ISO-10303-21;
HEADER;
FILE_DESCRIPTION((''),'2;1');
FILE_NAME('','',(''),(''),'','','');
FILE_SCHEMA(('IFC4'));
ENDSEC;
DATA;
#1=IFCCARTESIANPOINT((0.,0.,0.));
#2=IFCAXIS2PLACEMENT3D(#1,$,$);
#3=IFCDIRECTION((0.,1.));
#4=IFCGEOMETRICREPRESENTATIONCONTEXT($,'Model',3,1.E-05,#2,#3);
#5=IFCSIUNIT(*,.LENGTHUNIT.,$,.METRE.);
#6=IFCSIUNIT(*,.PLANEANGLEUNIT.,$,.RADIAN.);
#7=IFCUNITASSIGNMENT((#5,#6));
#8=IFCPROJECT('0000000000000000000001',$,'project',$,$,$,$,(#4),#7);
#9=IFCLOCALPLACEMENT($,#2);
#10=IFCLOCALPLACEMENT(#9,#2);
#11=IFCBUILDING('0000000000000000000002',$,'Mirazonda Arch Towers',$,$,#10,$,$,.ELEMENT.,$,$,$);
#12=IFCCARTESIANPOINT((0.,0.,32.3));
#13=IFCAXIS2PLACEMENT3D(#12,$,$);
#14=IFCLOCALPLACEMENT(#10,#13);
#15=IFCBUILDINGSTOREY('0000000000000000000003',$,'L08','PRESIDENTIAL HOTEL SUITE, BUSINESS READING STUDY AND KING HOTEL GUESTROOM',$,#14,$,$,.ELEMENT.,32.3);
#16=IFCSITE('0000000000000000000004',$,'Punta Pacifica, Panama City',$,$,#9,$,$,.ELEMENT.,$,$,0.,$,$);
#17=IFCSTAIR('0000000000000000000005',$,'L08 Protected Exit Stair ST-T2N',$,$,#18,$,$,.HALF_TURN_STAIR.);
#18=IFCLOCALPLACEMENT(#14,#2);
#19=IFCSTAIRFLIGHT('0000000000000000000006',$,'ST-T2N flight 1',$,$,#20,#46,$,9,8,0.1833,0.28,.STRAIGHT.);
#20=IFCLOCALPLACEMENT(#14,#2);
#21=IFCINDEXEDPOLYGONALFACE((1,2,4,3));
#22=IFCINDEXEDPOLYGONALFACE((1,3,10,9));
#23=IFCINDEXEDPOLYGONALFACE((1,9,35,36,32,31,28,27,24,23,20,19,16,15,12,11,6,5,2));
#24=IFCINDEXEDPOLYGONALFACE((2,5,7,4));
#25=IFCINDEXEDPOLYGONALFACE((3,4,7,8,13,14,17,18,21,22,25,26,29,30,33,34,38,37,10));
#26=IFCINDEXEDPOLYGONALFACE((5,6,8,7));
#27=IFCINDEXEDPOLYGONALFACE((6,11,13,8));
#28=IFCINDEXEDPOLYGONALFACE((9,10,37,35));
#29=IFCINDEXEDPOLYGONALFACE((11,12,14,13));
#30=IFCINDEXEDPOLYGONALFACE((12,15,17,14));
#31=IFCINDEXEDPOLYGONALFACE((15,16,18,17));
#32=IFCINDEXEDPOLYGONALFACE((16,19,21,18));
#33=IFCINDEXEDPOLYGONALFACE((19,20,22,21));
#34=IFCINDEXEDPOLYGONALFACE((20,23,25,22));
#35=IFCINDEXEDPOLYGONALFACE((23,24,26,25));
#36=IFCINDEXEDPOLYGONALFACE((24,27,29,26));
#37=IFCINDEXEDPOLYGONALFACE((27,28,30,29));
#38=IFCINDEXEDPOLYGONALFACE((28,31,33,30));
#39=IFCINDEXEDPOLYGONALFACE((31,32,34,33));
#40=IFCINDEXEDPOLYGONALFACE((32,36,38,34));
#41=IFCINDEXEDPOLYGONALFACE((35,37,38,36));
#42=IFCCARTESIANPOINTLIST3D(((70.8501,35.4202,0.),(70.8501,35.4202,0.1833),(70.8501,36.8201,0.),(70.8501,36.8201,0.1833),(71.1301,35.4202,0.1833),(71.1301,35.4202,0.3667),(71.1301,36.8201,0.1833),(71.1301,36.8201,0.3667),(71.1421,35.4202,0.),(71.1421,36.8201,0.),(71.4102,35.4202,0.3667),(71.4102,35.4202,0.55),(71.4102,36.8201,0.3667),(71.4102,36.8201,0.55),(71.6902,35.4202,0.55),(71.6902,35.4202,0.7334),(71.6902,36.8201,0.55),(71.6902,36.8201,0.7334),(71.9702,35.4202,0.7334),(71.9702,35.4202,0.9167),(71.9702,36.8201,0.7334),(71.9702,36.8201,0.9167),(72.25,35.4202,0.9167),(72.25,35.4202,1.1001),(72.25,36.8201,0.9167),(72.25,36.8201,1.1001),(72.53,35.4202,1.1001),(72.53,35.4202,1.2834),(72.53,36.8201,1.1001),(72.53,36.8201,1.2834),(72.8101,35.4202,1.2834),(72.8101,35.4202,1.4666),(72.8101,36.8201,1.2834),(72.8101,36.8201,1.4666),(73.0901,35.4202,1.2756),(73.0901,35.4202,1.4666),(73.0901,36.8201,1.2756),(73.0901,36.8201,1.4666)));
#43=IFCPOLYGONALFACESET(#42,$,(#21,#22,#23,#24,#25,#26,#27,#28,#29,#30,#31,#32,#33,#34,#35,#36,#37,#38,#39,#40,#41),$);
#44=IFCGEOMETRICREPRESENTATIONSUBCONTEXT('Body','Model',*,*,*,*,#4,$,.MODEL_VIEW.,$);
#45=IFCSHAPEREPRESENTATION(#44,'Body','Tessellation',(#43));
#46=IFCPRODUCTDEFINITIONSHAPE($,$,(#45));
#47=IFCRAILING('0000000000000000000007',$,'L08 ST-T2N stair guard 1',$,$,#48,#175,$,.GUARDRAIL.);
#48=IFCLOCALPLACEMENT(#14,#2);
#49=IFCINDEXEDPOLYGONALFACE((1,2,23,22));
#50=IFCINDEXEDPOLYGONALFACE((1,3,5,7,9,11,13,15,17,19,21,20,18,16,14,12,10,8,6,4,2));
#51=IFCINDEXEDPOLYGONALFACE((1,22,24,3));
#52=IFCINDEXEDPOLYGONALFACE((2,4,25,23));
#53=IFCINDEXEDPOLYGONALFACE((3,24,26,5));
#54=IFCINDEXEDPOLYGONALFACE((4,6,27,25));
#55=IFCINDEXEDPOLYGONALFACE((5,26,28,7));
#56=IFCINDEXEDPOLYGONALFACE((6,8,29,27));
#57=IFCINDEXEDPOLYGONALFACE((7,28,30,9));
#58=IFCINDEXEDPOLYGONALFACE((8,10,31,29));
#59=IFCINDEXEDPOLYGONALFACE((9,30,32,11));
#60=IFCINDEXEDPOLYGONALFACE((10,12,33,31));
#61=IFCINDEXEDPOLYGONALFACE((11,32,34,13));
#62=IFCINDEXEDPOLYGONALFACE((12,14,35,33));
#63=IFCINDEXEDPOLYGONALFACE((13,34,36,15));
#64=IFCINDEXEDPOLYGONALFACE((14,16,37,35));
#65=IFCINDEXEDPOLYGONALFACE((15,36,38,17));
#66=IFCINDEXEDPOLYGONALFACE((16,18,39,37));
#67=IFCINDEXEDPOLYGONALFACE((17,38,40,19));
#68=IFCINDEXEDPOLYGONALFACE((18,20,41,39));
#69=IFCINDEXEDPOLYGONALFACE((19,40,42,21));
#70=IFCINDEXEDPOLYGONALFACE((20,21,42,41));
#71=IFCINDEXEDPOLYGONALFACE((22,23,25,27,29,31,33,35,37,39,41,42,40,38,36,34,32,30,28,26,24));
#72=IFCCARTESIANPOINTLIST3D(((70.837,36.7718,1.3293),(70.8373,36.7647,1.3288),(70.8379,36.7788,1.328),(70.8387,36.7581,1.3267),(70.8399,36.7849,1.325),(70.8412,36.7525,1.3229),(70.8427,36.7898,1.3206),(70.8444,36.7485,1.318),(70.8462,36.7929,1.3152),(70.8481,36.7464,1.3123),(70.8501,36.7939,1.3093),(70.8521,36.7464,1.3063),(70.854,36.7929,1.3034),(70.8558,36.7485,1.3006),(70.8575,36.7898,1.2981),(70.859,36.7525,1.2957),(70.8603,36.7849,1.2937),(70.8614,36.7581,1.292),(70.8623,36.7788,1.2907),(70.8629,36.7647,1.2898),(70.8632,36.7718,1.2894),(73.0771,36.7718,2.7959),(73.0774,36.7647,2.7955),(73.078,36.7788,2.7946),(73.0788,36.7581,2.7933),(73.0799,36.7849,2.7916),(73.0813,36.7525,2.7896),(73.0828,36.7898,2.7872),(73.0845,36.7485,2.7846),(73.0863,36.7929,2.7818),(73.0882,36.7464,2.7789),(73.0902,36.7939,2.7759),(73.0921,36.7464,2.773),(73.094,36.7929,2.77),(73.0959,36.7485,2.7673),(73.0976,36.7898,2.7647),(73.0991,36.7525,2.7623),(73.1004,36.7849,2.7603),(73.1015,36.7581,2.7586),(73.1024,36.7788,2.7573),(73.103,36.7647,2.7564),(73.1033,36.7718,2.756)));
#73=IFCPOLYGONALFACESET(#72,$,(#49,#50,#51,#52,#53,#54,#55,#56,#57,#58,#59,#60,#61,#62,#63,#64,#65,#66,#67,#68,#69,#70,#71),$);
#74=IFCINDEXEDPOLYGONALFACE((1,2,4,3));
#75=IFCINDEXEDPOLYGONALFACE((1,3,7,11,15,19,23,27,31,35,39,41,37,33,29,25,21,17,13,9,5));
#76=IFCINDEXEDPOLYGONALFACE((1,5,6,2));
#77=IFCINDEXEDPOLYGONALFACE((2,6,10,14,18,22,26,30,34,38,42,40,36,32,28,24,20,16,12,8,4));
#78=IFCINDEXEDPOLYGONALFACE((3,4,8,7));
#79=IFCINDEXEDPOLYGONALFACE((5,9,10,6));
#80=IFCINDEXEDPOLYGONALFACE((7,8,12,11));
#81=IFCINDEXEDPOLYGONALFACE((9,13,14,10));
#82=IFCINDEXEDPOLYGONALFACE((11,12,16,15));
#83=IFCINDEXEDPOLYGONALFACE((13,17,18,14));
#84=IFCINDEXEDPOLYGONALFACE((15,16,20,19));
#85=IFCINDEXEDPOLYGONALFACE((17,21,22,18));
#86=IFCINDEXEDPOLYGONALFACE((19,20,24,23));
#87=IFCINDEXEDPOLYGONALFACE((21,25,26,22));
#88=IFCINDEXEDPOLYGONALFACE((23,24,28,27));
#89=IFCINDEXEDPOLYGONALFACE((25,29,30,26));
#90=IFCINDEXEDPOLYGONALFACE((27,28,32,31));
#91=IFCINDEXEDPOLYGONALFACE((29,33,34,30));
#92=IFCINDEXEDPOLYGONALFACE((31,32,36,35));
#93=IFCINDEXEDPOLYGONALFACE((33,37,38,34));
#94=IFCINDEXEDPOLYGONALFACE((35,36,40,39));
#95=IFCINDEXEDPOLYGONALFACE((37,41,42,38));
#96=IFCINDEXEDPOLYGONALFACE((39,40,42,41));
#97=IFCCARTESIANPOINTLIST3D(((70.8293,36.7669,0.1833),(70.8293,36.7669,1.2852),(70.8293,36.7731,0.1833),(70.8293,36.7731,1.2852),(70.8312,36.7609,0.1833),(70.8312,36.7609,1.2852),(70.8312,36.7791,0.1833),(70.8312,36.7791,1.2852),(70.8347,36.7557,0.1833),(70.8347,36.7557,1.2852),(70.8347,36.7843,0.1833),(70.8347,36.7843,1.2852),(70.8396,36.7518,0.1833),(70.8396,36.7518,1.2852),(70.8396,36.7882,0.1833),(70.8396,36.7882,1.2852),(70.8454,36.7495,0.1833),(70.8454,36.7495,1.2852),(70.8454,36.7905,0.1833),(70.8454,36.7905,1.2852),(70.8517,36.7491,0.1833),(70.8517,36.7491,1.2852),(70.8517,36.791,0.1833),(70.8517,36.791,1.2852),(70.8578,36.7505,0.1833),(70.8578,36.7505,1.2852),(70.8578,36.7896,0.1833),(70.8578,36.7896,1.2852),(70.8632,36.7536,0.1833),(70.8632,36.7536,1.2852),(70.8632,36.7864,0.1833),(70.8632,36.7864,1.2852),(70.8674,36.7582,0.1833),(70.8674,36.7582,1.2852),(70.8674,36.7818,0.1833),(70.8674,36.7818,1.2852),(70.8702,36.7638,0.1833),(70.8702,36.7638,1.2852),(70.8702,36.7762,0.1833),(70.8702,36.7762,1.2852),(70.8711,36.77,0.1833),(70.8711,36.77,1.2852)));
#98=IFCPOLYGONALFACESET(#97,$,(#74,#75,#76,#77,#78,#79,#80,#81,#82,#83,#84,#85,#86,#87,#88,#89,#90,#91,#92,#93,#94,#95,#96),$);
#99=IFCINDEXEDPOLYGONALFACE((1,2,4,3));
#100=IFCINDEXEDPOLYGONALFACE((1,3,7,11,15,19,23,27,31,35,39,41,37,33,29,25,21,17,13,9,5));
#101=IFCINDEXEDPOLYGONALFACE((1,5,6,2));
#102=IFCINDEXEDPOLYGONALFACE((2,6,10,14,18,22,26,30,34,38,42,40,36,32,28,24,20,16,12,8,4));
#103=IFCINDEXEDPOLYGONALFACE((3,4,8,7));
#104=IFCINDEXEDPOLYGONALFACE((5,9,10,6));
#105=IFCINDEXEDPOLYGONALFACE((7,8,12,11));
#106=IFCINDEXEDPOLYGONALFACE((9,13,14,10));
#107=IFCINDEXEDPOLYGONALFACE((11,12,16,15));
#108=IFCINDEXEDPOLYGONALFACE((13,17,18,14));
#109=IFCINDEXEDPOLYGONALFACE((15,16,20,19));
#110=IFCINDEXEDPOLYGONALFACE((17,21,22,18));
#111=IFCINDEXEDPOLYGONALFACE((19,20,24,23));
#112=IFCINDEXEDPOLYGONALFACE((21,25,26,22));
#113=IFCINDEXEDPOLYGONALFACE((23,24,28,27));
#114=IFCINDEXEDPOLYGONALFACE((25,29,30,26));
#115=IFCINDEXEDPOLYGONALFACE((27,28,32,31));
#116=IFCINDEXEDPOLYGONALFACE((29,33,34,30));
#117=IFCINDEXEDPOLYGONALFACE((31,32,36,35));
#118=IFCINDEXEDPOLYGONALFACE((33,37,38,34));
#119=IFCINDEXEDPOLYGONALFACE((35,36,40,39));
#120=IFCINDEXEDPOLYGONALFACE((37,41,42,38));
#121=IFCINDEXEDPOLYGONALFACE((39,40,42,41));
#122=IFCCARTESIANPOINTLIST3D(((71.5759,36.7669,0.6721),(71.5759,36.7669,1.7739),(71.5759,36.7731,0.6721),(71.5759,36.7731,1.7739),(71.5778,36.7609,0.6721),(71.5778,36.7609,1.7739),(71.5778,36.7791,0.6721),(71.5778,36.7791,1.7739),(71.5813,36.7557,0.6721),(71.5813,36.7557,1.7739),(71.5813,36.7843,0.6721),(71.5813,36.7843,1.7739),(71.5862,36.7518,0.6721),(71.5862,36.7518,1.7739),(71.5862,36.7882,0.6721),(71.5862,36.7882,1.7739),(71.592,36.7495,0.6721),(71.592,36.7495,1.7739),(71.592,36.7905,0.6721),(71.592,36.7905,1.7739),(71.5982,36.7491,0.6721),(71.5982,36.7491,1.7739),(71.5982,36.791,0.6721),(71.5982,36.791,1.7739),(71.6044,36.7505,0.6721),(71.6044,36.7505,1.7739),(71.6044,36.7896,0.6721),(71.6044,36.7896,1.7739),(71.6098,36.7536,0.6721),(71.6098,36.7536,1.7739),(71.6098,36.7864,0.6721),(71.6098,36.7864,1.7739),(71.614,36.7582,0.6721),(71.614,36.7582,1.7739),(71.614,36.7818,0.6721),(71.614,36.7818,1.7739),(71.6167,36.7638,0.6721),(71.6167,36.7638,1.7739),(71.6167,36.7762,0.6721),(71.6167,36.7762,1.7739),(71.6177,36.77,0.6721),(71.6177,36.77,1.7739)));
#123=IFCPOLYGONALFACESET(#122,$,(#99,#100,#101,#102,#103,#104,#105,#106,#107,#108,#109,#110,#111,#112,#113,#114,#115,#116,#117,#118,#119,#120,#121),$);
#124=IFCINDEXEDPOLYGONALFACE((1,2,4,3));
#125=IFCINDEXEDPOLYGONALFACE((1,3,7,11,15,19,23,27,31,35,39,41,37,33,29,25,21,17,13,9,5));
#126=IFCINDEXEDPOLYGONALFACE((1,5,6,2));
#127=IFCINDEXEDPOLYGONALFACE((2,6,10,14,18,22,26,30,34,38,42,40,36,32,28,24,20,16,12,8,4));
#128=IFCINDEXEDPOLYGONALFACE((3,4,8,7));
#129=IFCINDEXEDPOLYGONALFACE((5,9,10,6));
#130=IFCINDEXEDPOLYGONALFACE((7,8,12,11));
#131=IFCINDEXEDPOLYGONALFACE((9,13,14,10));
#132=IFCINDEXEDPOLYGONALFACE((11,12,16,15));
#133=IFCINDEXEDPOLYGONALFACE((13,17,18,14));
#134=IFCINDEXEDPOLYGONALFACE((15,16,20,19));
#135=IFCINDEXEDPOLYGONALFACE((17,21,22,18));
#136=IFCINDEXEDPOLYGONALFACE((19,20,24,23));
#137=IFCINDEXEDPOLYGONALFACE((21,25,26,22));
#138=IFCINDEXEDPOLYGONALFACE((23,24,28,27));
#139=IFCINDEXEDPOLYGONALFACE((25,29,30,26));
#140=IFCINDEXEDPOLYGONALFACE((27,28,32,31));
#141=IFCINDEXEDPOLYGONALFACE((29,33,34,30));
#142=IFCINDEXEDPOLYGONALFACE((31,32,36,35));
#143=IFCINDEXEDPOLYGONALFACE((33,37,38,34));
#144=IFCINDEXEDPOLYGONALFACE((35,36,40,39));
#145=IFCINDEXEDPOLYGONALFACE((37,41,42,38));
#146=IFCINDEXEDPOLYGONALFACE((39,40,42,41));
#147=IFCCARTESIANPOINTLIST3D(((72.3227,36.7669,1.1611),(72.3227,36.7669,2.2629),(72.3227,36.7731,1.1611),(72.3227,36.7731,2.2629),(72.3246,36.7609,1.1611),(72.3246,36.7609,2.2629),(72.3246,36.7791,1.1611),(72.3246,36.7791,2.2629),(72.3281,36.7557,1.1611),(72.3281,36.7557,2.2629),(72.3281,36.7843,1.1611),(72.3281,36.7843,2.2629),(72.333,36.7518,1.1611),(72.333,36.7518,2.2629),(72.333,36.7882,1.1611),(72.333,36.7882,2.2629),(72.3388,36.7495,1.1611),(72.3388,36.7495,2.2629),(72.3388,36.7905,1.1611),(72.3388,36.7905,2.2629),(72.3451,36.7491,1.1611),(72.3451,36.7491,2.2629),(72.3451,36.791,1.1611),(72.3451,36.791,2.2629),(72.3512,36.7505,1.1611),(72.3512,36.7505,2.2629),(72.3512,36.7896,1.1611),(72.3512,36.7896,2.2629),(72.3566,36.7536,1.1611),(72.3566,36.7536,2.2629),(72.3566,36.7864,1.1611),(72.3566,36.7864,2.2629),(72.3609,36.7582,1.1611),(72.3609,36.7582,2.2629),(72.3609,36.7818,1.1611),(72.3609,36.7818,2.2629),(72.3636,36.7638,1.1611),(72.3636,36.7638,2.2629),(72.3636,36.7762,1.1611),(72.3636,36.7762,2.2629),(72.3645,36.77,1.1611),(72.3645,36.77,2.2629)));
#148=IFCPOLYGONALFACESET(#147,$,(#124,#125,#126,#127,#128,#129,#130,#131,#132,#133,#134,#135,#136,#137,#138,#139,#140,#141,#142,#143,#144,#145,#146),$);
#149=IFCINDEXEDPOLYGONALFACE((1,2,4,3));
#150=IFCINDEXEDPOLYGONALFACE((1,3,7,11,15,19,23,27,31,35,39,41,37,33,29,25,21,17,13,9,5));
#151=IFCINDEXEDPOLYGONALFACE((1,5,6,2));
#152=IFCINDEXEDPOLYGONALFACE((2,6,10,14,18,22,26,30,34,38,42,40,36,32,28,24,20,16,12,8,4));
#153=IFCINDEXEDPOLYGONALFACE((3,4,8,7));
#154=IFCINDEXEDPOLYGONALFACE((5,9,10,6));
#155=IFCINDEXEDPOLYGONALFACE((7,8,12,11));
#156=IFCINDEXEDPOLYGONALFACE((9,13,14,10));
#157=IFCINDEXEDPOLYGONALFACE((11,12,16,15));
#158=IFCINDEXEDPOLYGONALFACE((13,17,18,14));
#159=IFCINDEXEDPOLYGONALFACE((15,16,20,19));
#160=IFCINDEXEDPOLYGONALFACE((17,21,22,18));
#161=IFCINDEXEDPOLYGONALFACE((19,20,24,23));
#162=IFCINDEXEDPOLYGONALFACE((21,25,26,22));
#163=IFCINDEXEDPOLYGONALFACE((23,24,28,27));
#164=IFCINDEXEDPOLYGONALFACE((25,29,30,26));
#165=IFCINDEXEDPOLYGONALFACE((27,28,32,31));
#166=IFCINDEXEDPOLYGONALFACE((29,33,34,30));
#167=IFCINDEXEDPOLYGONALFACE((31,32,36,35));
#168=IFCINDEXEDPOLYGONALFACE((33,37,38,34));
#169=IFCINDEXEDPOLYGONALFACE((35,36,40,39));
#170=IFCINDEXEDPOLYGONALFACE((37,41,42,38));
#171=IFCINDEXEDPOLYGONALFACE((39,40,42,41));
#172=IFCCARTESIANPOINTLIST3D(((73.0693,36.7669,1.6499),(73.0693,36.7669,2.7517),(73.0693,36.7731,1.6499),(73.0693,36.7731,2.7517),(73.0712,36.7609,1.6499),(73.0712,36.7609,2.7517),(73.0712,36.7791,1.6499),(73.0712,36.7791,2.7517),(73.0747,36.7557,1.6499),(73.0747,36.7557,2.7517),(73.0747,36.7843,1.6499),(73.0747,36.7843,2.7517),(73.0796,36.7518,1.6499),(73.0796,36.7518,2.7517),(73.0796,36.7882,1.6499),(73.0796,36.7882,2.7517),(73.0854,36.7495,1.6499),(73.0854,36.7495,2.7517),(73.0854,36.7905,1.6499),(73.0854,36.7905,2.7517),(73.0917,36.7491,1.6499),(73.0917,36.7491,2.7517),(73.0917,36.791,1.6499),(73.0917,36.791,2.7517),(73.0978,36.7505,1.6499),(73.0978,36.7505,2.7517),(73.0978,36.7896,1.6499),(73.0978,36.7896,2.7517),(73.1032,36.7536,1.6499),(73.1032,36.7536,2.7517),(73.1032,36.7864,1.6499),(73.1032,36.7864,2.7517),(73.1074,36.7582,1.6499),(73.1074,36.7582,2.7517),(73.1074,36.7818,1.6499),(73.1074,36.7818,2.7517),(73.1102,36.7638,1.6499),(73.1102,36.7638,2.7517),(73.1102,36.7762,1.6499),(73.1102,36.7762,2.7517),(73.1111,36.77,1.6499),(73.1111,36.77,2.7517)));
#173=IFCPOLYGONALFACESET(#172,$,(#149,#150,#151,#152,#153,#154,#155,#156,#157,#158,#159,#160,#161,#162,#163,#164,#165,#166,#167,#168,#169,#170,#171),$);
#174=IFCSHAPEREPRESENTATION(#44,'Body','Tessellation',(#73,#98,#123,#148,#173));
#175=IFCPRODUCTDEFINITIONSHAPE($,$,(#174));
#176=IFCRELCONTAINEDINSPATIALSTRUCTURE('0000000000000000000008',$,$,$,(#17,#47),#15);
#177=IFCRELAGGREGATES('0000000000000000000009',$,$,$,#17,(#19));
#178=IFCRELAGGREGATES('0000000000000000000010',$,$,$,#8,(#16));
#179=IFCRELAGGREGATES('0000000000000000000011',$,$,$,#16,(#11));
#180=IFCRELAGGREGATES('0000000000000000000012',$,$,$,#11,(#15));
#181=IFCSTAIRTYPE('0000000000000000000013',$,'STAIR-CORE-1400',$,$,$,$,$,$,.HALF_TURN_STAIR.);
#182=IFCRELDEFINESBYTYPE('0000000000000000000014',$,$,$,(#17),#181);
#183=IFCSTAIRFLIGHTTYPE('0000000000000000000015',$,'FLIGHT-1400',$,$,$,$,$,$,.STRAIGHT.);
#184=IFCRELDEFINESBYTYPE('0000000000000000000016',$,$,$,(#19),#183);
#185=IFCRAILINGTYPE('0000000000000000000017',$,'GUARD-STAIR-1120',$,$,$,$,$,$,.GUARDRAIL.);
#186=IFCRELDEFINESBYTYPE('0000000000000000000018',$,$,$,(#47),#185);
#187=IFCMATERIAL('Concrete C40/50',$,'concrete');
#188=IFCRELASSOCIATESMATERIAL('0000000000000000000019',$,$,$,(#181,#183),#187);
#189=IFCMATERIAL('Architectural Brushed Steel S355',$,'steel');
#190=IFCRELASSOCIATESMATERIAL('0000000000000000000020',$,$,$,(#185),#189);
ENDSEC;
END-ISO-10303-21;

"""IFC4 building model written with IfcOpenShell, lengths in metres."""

from ifc_helpers import new_model, si_unit, direction, frame, origin, origin_2d, place, context, subcontext, project, spatial, polyline, circle, outline, extrude, material, type_object, element, aggregate, save


model = new_model("IFC4")

# Units and contexts
model_context = context("Model", 3, precision=1e-05, world=origin(), true_north=direction((0.0, 1.0)))
body_context = subcontext(model_context, "Body", "Model", "MODEL_VIEW")
ifc_project = project(units=[si_unit("LENGTHUNIT", "METRE"), si_unit("PLANEANGLEUNIT", "RADIAN")], contexts=[model_context])

# Site, building, storey
site_placement = place(None, origin())
site = spatial("IfcSite", under=ifc_project, at=site_placement, Name="Punta Pacifica, Panama City", CompositionType="ELEMENT", RefElevation=0.0)
building_placement = place(site_placement, origin())
building = spatial("IfcBuilding", under=site, at=building_placement, Name="Mirazonda Arch Towers", CompositionType="ELEMENT")
storey_placement = place(building_placement, frame((0.0, 0.0, 32.3)))
storey = spatial("IfcBuildingStorey", under=building, at=storey_placement, Name="L08", Description="PRESIDENTIAL HOTEL SUITE, BUSINESS READING STUDY AND KING HOTEL GUESTROOM", CompositionType="ELEMENT", Elevation=32.3)

# Stair, stair flight
ifc_material_1 = material(Name="Concrete C40/50", Category="concrete")
stair_type = type_object("IfcStairType", Name="STAIR-CORE-1400", PredefinedType="HALF_TURN_STAIR", material=ifc_material_1)
stair_placement = place(storey_placement, origin())
stair = element("IfcStair", 1, at=stair_placement, inside=storey, type_object=stair_type, Name="L08 Protected Exit Stair ST-T2N", PredefinedType="HALF_TURN_STAIR")
stair_flight_type = type_object("IfcStairFlightType", Name="FLIGHT-1400", PredefinedType="STRAIGHT", material=ifc_material_1)
stair_flight_placement = place(storey_placement, frame((70.8501, 36.1201, 0.0), z_axis=(0.0, 0.0, 1.0), x_axis=(1.0, 0.0, 0.0)))
stair_flight = element("IfcStairFlight", 2, at=stair_flight_placement, type_object=stair_flight_type, Name="ST-T2N flight 1", NumberOfRisers=9, NumberOfTreads=8, PredefinedType="STRAIGHT", RiserHeight=0.1833, TreadLength=0.28, context=body_context, shape_type="SweptSolid", body=[
    extrude(outline(polyline([(0.0, 0.0), (0.0, 0.1833), (0.28, 0.1833), (0.28, 0.3667), (0.5601, 0.3667), (0.5601, 0.55), (0.8401, 0.55), (0.8401, 0.7334), (1.1201, 0.7334), (1.1201, 0.9167), (1.3999, 0.9167), (1.3999, 1.1001), (1.6799, 1.1001), (1.6799, 1.2834), (1.96, 1.2834), (1.96, 1.4666), (2.24, 1.4666), (2.24, 1.6499), (2.24, 1.2756), (0.292, 0.0), (0.0, 0.0)])), frame((0.0, 0.7, 0.0), z_axis=(0.0, -1.0, 0.0), x_axis=(1.0, 0.0, 0.0)), (0.0, 0.0, 1.0), 1.3999),
])
aggregate(stair, [stair_flight])

# Railing
ifc_material_2 = material(Name="Architectural Brushed Steel S355", Category="steel")
railing_type_1 = type_object("IfcRailingType", Name="GUARD-STAIR-1120", PredefinedType="GUARDRAIL", material=ifc_material_2)
railing_1_placement = place(storey_placement, frame((70.8501, 36.77, 0.1833)))
element("IfcRailing", 3, at=railing_1_placement, inside=storey, type_object=railing_type_1, Name="L08 ST-T2N stair guard 1", PredefinedType="GUARDRAIL", context=body_context, shape_type="SweptSolid", body=[
    extrude(circle(Radius=0.0239, at=origin_2d()), frame((0.0, 0.0, 1.126), z_axis=(0.836637, 0.0, 0.547758), x_axis=(0.0, 1.0, 0.0)), (0.0, 0.0, 1.0), 2.6775),
    extrude(circle(Radius=0.021, at=origin_2d()), origin(), (0.0, 0.0, 1.0), 1.1018),
    extrude(circle(Radius=0.021, at=origin_2d()), frame((0.7466, 0.0, 0.4888)), (0.0, 0.0, 1.0), 1.1018),
    extrude(circle(Radius=0.021, at=origin_2d()), frame((1.4934, 0.0, 0.9778)), (0.0, 0.0, 1.0), 1.1018),
    extrude(circle(Radius=0.021, at=origin_2d()), frame((2.24, 0.0, 1.4666)), (0.0, 0.0, 1.0), 1.1018),
])

save(model, "model.ifc")
